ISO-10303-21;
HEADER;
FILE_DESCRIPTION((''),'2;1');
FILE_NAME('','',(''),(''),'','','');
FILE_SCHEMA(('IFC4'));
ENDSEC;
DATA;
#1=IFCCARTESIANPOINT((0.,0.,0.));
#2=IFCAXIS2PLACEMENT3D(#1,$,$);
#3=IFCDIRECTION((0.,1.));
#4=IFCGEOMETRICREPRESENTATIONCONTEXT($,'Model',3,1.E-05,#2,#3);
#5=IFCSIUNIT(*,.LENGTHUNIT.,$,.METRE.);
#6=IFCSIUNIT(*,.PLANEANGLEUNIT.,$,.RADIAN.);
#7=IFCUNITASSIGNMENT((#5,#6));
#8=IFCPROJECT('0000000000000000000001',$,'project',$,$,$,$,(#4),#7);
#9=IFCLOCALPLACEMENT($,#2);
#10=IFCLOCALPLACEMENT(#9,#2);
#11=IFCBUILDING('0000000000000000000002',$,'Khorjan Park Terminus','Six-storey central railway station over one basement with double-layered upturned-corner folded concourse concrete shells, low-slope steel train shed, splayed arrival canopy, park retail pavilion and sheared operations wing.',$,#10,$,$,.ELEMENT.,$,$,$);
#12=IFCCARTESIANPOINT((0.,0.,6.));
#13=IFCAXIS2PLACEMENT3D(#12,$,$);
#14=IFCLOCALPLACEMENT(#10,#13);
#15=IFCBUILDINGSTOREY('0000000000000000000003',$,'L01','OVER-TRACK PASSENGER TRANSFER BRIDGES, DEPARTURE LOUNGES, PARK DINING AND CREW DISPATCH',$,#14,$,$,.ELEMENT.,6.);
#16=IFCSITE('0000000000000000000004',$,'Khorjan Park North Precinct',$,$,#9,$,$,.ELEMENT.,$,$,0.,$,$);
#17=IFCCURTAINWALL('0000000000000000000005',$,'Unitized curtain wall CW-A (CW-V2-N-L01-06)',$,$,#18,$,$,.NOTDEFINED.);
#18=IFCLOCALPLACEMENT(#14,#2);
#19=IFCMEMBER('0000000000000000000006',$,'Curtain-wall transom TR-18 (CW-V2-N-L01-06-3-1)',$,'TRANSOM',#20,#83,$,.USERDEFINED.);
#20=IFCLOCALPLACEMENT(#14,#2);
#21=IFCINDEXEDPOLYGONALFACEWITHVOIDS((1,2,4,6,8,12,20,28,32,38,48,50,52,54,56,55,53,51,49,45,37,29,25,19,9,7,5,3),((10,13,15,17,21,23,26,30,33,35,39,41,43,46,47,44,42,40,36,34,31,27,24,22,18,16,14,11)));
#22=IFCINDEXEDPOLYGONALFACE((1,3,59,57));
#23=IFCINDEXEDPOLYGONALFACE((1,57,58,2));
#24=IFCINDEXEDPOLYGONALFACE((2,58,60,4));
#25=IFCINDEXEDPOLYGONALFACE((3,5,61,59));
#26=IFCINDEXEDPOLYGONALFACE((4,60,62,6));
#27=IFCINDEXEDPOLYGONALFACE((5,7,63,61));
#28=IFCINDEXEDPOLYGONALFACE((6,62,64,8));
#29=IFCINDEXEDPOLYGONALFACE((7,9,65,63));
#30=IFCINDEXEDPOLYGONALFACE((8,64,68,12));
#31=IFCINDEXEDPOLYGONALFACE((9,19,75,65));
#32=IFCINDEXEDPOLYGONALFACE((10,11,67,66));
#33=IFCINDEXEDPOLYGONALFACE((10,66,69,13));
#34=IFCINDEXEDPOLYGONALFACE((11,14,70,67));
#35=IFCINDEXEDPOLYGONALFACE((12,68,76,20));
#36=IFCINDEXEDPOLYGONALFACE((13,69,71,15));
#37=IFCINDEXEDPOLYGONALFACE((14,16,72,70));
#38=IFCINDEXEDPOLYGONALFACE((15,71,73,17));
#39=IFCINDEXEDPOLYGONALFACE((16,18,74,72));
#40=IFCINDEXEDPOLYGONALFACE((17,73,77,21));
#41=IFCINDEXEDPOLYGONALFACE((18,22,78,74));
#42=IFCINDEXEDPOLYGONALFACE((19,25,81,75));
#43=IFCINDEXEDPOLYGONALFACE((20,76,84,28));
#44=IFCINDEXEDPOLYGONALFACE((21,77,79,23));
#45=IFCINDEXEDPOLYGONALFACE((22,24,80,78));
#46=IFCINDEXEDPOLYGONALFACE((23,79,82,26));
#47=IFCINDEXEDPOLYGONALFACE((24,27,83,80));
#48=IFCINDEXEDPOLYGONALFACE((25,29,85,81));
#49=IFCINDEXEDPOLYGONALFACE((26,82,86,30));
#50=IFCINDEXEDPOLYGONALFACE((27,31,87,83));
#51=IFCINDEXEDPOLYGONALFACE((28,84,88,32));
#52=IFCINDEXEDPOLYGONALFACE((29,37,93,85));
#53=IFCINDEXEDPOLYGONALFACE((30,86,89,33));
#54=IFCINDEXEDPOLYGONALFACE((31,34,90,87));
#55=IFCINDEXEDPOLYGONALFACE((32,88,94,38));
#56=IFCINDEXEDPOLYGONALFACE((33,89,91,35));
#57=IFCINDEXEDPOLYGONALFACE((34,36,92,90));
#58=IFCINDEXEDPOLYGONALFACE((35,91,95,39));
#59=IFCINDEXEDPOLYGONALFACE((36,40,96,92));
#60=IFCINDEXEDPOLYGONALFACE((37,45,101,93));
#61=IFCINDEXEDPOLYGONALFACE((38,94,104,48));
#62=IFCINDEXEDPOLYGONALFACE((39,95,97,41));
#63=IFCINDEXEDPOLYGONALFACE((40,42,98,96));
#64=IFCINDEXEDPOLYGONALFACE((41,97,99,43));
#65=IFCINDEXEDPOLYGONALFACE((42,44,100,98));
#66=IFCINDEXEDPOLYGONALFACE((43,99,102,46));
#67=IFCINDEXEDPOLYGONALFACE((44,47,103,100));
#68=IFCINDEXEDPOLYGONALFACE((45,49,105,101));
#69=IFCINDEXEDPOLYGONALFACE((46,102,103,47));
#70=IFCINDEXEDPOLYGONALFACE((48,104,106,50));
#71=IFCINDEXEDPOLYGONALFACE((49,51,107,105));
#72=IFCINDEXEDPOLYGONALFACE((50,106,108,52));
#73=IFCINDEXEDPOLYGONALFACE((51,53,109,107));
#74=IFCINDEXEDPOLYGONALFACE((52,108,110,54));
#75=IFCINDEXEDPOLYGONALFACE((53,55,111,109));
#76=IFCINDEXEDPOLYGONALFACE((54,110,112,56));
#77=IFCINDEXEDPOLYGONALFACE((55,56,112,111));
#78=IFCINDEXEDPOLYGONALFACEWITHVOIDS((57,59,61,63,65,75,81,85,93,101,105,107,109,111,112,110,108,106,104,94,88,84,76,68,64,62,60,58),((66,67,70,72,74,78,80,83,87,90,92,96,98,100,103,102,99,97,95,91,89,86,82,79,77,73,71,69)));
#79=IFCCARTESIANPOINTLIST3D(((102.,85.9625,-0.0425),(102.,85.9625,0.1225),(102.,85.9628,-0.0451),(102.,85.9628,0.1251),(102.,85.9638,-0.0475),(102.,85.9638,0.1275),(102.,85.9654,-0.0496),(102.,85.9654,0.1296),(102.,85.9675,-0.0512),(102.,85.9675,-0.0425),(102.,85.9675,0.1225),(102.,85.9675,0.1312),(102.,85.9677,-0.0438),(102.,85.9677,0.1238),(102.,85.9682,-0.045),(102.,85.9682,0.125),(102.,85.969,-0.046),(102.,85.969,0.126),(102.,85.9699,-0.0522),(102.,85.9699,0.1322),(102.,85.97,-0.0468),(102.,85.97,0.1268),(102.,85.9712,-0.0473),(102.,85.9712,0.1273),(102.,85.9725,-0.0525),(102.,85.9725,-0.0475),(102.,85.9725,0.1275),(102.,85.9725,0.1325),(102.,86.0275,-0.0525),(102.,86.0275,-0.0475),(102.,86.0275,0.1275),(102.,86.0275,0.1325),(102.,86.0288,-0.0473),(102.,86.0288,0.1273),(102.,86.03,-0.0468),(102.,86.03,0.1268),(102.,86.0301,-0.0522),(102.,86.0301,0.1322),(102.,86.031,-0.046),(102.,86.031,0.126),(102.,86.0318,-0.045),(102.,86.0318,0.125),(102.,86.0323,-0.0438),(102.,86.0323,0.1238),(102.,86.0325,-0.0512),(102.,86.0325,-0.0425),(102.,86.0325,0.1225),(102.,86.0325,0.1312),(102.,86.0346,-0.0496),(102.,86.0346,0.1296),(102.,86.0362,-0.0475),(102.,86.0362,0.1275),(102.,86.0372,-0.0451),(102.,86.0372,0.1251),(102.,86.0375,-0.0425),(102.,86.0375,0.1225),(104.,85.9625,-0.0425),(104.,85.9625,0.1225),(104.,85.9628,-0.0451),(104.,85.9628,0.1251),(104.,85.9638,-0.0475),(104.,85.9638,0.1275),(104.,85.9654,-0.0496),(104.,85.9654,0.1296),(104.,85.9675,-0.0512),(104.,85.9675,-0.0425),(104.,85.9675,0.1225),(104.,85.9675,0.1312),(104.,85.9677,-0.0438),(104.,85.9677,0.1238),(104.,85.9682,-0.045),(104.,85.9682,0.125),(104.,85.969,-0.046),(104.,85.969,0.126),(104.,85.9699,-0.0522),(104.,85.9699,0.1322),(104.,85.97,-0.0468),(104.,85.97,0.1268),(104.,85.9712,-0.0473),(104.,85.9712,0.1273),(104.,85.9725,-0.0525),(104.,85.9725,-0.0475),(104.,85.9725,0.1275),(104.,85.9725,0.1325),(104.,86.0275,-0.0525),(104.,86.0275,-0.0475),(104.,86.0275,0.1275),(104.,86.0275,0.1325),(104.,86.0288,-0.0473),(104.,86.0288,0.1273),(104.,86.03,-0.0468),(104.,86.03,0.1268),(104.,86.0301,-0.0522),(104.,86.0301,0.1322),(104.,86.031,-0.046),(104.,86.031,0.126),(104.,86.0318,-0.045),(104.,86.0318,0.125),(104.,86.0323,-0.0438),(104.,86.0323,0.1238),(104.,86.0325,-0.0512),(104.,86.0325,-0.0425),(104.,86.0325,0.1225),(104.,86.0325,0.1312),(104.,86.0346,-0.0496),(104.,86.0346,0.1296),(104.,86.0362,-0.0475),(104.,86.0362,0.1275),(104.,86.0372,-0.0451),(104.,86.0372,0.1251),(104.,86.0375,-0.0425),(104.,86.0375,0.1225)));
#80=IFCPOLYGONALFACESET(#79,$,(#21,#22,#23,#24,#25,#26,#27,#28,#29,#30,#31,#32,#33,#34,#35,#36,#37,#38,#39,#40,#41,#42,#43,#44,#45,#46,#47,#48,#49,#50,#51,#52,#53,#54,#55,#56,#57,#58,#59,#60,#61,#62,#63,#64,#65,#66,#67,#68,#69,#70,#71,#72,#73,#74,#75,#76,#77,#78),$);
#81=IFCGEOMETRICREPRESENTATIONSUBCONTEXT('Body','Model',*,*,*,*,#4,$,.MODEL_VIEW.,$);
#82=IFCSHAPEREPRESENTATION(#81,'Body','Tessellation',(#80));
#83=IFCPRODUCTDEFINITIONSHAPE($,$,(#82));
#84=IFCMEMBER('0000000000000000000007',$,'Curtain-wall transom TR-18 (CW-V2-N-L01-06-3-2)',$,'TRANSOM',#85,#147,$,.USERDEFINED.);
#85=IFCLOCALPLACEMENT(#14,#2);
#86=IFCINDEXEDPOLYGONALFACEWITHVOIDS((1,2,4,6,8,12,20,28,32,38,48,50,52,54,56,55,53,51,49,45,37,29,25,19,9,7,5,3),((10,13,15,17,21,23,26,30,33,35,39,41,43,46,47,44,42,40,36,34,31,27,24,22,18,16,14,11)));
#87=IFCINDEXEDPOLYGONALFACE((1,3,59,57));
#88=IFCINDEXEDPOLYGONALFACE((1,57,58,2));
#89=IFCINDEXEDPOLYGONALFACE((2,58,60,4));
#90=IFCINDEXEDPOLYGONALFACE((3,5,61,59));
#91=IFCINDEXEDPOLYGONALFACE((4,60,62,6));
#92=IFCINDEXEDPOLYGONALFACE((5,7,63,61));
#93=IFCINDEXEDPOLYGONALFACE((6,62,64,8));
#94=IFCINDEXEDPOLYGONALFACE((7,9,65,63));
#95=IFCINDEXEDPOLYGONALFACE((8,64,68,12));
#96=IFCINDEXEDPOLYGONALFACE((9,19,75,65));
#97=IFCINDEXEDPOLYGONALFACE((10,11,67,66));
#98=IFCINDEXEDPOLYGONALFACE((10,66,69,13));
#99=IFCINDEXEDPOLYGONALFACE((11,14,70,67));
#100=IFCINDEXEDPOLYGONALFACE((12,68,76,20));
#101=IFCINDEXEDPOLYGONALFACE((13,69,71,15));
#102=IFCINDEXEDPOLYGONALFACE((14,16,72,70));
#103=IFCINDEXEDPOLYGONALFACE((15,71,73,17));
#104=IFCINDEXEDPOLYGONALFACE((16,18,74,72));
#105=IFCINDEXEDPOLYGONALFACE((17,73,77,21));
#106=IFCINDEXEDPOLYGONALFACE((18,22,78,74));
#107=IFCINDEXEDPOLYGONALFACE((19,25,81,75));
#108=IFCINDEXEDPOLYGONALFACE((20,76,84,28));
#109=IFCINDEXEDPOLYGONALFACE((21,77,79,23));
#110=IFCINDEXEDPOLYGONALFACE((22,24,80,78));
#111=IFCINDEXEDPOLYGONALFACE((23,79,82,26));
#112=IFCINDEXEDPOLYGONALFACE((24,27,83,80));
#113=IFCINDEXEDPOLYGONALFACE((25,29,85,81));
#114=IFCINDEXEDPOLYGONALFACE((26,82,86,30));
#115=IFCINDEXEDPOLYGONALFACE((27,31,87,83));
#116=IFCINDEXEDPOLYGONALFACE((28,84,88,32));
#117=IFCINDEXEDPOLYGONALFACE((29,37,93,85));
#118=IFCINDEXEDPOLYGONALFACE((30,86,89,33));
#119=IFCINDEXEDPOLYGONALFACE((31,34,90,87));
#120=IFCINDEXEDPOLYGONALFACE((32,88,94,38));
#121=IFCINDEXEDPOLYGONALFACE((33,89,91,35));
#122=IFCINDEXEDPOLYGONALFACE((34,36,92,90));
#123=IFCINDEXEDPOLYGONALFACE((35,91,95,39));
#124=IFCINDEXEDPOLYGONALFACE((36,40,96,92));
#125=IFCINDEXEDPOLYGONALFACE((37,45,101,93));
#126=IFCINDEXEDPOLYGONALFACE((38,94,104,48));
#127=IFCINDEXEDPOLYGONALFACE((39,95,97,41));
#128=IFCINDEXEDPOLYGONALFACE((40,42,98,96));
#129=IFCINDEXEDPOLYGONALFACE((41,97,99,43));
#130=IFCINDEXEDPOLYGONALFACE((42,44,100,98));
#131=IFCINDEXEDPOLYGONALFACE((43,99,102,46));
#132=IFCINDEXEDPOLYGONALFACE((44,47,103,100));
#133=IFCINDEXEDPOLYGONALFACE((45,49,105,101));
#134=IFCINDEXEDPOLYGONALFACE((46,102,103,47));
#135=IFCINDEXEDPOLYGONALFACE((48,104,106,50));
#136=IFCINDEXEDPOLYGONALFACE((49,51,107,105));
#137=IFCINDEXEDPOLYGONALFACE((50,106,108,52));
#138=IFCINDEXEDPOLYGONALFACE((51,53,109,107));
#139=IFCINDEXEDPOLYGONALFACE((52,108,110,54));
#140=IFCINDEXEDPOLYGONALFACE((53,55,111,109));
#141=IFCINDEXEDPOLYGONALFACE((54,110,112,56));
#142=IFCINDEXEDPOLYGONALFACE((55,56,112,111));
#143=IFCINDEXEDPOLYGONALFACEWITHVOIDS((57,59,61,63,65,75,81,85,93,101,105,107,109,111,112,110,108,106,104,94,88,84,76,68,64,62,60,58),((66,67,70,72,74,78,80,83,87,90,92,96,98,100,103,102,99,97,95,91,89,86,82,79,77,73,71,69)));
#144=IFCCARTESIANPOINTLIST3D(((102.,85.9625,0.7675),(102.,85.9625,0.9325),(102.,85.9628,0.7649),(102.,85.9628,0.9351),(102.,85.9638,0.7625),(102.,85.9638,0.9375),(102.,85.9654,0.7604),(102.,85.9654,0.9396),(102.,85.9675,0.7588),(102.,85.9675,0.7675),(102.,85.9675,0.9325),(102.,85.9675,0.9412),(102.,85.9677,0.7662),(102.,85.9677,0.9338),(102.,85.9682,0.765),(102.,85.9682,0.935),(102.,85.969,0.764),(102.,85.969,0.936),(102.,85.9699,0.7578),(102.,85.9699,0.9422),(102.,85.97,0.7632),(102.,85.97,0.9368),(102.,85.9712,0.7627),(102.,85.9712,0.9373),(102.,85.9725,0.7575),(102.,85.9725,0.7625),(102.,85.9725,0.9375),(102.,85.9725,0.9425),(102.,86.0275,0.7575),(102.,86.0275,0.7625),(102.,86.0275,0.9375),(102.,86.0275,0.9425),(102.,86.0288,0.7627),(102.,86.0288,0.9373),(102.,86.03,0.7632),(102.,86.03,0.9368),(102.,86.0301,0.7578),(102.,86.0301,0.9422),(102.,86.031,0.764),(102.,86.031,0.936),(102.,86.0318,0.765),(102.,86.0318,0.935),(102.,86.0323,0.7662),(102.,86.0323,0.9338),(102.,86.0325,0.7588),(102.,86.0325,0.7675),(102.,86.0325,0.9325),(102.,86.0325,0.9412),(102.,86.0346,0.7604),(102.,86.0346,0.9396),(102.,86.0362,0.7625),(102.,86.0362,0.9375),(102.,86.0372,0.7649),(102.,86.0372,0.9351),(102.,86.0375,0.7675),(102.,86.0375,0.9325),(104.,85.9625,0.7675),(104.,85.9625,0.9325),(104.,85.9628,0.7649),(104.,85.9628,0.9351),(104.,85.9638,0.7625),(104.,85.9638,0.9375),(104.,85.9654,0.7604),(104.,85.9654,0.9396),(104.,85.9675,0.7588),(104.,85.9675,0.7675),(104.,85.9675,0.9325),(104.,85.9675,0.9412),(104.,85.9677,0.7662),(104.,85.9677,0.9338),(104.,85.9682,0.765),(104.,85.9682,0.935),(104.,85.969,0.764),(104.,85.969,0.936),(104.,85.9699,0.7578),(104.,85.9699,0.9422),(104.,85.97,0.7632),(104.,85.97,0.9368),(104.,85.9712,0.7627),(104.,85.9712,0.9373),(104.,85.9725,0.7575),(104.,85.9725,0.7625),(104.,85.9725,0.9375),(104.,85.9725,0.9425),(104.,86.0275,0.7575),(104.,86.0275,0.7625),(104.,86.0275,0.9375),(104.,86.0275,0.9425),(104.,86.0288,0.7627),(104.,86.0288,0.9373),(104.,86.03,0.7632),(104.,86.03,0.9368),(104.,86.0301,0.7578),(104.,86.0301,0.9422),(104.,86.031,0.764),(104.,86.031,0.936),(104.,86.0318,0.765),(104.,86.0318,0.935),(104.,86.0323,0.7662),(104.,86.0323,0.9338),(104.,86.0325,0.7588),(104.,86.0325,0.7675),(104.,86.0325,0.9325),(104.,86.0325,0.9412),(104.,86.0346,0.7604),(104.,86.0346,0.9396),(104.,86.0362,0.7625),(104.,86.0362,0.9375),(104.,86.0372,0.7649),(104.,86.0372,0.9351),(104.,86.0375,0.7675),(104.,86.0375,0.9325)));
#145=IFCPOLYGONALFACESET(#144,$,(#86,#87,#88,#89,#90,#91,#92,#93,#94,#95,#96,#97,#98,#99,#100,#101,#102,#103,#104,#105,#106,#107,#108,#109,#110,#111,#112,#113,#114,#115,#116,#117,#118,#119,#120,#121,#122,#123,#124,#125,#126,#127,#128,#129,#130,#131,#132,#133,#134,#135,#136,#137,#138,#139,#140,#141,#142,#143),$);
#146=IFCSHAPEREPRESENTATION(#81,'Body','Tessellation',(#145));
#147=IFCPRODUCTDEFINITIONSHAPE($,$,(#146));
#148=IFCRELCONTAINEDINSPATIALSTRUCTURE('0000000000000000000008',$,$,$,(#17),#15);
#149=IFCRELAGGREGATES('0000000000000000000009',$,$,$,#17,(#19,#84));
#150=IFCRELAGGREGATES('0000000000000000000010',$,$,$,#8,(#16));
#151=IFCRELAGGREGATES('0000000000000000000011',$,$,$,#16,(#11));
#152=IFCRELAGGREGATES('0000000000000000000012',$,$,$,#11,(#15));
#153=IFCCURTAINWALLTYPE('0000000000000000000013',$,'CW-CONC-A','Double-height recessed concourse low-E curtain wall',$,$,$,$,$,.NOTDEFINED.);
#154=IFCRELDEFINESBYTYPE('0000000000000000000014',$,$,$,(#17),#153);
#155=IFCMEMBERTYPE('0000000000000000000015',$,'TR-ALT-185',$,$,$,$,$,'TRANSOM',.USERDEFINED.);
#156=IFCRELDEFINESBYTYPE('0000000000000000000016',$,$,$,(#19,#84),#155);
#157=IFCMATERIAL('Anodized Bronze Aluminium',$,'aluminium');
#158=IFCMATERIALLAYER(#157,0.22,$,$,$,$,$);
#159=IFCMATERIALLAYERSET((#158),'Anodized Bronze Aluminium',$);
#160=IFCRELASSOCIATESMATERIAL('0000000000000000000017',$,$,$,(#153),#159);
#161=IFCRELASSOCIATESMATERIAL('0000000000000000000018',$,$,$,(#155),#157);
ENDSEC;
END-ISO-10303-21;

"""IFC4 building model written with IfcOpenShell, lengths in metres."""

from ifc_helpers import new_model, si_unit, direction, frame, origin, origin_2d, place, context, subcontext, project, spatial, hollow_rectangle, extrude, material, layer, layer_set, material_profile, profile_set, type_object, element, aggregate, save


model = new_model("IFC4")

# Units and contexts
model_context = context("Model", 3, precision=1e-05, world=origin(), true_north=direction((0.0, 1.0)))
body_context = subcontext(model_context, "Body", "Model", "MODEL_VIEW")
ifc_project = project(units=[si_unit("LENGTHUNIT", "METRE"), si_unit("PLANEANGLEUNIT", "RADIAN")], contexts=[model_context])

# Site, building, storey
site_placement = place(None, origin())
site = spatial("IfcSite", under=ifc_project, at=site_placement, Name="Khorjan Park North Precinct", CompositionType="ELEMENT", RefElevation=0.0)
building_placement = place(site_placement, origin())
building = spatial("IfcBuilding", under=site, at=building_placement, Name="Khorjan Park Terminus", Description="Six-storey central railway station over one basement with double-layered upturned-corner folded concourse concrete shells, low-slope steel train shed, splayed arrival canopy, park retail pavilion and sheared operations wing.", CompositionType="ELEMENT")
storey_placement = place(building_placement, frame((0.0, 0.0, 6.0)))
storey = spatial("IfcBuildingStorey", under=building, at=storey_placement, Name="L01", Description="OVER-TRACK PASSENGER TRANSFER BRIDGES, DEPARTURE LOUNGES, PARK DINING AND CREW DISPATCH", CompositionType="ELEMENT", Elevation=6.0)

# Shared definitions
ifc_material_1 = material(Name="Anodized Bronze Aluminium", Category="aluminium")
ifc_layer_1 = layer(ifc_material_1, 0.22)
ifc_layer_set_1 = layer_set([ifc_layer_1], Name="Anodized Bronze Aluminium")
curtain_wall_type = type_object("IfcCurtainWallType", Name="CW-CONC-A", Description="Double-height recessed concourse low-E curtain wall", PredefinedType="NOTDEFINED", material=ifc_layer_set_1)

# Curtain wall
curtain_wall_1_placement = place(storey_placement, origin())
curtain_wall_1 = element("IfcCurtainWall", 1, at=curtain_wall_1_placement, inside=storey, type_object=curtain_wall_type, Name="Unitized curtain wall CW-A (CW-V2-N-L01-06)", PredefinedType="NOTDEFINED")

# Members
ifc_material_profile_1 = material_profile(ifc_material_1, hollow_rectangle(XDim=0.075, YDim=0.185, WallThickness=0.005, InnerFilletRadius=0.005, OuterFilletRadius=0.01, at=origin_2d()), Name="ALT 75x185x5")
ifc_profile_set_1 = profile_set([ifc_material_profile_1], Name="Anodized Bronze Aluminium")
member_type_1 = type_object("IfcMemberType", Name="TR-ALT-185", ElementType="TRANSOM", PredefinedType="USERDEFINED", material=ifc_profile_set_1)
member_1_placement = place(storey_placement, frame((104.0, 86.0, 0.04), z_axis=(-1.0, 0.0, 0.0), x_axis=(0.0, -1.0, 0.0)))
member_1 = element("IfcMember", 2, at=member_1_placement, type_object=member_type_1, Name="Curtain-wall transom TR-18 (CW-V2-N-L01-06-3-1)", ObjectType="TRANSOM", PredefinedType="USERDEFINED", context=body_context, shape_type="SweptSolid", body=[
    extrude(hollow_rectangle(XDim=0.075, YDim=0.185, WallThickness=0.005, InnerFilletRadius=0.005, OuterFilletRadius=0.01, at=origin_2d()), origin(), (0.0, 0.0, 1.0), 2.0),
])
member_2_placement = place(storey_placement, frame((104.0, 86.0, 0.85), z_axis=(-1.0, 0.0, 0.0), x_axis=(0.0, -1.0, 0.0)))
member_2 = element("IfcMember", 3, at=member_2_placement, type_object=member_type_1, Name="Curtain-wall transom TR-18 (CW-V2-N-L01-06-3-2)", ObjectType="TRANSOM", PredefinedType="USERDEFINED", context=body_context, shape_type="SweptSolid", body=[
    extrude(hollow_rectangle(XDim=0.075, YDim=0.185, WallThickness=0.005, InnerFilletRadius=0.005, OuterFilletRadius=0.01, at=origin_2d()), origin(), (0.0, 0.0, 1.0), 2.0),
])

aggregate(curtain_wall_1, [member_1, member_2])

save(model, "model.ifc")
